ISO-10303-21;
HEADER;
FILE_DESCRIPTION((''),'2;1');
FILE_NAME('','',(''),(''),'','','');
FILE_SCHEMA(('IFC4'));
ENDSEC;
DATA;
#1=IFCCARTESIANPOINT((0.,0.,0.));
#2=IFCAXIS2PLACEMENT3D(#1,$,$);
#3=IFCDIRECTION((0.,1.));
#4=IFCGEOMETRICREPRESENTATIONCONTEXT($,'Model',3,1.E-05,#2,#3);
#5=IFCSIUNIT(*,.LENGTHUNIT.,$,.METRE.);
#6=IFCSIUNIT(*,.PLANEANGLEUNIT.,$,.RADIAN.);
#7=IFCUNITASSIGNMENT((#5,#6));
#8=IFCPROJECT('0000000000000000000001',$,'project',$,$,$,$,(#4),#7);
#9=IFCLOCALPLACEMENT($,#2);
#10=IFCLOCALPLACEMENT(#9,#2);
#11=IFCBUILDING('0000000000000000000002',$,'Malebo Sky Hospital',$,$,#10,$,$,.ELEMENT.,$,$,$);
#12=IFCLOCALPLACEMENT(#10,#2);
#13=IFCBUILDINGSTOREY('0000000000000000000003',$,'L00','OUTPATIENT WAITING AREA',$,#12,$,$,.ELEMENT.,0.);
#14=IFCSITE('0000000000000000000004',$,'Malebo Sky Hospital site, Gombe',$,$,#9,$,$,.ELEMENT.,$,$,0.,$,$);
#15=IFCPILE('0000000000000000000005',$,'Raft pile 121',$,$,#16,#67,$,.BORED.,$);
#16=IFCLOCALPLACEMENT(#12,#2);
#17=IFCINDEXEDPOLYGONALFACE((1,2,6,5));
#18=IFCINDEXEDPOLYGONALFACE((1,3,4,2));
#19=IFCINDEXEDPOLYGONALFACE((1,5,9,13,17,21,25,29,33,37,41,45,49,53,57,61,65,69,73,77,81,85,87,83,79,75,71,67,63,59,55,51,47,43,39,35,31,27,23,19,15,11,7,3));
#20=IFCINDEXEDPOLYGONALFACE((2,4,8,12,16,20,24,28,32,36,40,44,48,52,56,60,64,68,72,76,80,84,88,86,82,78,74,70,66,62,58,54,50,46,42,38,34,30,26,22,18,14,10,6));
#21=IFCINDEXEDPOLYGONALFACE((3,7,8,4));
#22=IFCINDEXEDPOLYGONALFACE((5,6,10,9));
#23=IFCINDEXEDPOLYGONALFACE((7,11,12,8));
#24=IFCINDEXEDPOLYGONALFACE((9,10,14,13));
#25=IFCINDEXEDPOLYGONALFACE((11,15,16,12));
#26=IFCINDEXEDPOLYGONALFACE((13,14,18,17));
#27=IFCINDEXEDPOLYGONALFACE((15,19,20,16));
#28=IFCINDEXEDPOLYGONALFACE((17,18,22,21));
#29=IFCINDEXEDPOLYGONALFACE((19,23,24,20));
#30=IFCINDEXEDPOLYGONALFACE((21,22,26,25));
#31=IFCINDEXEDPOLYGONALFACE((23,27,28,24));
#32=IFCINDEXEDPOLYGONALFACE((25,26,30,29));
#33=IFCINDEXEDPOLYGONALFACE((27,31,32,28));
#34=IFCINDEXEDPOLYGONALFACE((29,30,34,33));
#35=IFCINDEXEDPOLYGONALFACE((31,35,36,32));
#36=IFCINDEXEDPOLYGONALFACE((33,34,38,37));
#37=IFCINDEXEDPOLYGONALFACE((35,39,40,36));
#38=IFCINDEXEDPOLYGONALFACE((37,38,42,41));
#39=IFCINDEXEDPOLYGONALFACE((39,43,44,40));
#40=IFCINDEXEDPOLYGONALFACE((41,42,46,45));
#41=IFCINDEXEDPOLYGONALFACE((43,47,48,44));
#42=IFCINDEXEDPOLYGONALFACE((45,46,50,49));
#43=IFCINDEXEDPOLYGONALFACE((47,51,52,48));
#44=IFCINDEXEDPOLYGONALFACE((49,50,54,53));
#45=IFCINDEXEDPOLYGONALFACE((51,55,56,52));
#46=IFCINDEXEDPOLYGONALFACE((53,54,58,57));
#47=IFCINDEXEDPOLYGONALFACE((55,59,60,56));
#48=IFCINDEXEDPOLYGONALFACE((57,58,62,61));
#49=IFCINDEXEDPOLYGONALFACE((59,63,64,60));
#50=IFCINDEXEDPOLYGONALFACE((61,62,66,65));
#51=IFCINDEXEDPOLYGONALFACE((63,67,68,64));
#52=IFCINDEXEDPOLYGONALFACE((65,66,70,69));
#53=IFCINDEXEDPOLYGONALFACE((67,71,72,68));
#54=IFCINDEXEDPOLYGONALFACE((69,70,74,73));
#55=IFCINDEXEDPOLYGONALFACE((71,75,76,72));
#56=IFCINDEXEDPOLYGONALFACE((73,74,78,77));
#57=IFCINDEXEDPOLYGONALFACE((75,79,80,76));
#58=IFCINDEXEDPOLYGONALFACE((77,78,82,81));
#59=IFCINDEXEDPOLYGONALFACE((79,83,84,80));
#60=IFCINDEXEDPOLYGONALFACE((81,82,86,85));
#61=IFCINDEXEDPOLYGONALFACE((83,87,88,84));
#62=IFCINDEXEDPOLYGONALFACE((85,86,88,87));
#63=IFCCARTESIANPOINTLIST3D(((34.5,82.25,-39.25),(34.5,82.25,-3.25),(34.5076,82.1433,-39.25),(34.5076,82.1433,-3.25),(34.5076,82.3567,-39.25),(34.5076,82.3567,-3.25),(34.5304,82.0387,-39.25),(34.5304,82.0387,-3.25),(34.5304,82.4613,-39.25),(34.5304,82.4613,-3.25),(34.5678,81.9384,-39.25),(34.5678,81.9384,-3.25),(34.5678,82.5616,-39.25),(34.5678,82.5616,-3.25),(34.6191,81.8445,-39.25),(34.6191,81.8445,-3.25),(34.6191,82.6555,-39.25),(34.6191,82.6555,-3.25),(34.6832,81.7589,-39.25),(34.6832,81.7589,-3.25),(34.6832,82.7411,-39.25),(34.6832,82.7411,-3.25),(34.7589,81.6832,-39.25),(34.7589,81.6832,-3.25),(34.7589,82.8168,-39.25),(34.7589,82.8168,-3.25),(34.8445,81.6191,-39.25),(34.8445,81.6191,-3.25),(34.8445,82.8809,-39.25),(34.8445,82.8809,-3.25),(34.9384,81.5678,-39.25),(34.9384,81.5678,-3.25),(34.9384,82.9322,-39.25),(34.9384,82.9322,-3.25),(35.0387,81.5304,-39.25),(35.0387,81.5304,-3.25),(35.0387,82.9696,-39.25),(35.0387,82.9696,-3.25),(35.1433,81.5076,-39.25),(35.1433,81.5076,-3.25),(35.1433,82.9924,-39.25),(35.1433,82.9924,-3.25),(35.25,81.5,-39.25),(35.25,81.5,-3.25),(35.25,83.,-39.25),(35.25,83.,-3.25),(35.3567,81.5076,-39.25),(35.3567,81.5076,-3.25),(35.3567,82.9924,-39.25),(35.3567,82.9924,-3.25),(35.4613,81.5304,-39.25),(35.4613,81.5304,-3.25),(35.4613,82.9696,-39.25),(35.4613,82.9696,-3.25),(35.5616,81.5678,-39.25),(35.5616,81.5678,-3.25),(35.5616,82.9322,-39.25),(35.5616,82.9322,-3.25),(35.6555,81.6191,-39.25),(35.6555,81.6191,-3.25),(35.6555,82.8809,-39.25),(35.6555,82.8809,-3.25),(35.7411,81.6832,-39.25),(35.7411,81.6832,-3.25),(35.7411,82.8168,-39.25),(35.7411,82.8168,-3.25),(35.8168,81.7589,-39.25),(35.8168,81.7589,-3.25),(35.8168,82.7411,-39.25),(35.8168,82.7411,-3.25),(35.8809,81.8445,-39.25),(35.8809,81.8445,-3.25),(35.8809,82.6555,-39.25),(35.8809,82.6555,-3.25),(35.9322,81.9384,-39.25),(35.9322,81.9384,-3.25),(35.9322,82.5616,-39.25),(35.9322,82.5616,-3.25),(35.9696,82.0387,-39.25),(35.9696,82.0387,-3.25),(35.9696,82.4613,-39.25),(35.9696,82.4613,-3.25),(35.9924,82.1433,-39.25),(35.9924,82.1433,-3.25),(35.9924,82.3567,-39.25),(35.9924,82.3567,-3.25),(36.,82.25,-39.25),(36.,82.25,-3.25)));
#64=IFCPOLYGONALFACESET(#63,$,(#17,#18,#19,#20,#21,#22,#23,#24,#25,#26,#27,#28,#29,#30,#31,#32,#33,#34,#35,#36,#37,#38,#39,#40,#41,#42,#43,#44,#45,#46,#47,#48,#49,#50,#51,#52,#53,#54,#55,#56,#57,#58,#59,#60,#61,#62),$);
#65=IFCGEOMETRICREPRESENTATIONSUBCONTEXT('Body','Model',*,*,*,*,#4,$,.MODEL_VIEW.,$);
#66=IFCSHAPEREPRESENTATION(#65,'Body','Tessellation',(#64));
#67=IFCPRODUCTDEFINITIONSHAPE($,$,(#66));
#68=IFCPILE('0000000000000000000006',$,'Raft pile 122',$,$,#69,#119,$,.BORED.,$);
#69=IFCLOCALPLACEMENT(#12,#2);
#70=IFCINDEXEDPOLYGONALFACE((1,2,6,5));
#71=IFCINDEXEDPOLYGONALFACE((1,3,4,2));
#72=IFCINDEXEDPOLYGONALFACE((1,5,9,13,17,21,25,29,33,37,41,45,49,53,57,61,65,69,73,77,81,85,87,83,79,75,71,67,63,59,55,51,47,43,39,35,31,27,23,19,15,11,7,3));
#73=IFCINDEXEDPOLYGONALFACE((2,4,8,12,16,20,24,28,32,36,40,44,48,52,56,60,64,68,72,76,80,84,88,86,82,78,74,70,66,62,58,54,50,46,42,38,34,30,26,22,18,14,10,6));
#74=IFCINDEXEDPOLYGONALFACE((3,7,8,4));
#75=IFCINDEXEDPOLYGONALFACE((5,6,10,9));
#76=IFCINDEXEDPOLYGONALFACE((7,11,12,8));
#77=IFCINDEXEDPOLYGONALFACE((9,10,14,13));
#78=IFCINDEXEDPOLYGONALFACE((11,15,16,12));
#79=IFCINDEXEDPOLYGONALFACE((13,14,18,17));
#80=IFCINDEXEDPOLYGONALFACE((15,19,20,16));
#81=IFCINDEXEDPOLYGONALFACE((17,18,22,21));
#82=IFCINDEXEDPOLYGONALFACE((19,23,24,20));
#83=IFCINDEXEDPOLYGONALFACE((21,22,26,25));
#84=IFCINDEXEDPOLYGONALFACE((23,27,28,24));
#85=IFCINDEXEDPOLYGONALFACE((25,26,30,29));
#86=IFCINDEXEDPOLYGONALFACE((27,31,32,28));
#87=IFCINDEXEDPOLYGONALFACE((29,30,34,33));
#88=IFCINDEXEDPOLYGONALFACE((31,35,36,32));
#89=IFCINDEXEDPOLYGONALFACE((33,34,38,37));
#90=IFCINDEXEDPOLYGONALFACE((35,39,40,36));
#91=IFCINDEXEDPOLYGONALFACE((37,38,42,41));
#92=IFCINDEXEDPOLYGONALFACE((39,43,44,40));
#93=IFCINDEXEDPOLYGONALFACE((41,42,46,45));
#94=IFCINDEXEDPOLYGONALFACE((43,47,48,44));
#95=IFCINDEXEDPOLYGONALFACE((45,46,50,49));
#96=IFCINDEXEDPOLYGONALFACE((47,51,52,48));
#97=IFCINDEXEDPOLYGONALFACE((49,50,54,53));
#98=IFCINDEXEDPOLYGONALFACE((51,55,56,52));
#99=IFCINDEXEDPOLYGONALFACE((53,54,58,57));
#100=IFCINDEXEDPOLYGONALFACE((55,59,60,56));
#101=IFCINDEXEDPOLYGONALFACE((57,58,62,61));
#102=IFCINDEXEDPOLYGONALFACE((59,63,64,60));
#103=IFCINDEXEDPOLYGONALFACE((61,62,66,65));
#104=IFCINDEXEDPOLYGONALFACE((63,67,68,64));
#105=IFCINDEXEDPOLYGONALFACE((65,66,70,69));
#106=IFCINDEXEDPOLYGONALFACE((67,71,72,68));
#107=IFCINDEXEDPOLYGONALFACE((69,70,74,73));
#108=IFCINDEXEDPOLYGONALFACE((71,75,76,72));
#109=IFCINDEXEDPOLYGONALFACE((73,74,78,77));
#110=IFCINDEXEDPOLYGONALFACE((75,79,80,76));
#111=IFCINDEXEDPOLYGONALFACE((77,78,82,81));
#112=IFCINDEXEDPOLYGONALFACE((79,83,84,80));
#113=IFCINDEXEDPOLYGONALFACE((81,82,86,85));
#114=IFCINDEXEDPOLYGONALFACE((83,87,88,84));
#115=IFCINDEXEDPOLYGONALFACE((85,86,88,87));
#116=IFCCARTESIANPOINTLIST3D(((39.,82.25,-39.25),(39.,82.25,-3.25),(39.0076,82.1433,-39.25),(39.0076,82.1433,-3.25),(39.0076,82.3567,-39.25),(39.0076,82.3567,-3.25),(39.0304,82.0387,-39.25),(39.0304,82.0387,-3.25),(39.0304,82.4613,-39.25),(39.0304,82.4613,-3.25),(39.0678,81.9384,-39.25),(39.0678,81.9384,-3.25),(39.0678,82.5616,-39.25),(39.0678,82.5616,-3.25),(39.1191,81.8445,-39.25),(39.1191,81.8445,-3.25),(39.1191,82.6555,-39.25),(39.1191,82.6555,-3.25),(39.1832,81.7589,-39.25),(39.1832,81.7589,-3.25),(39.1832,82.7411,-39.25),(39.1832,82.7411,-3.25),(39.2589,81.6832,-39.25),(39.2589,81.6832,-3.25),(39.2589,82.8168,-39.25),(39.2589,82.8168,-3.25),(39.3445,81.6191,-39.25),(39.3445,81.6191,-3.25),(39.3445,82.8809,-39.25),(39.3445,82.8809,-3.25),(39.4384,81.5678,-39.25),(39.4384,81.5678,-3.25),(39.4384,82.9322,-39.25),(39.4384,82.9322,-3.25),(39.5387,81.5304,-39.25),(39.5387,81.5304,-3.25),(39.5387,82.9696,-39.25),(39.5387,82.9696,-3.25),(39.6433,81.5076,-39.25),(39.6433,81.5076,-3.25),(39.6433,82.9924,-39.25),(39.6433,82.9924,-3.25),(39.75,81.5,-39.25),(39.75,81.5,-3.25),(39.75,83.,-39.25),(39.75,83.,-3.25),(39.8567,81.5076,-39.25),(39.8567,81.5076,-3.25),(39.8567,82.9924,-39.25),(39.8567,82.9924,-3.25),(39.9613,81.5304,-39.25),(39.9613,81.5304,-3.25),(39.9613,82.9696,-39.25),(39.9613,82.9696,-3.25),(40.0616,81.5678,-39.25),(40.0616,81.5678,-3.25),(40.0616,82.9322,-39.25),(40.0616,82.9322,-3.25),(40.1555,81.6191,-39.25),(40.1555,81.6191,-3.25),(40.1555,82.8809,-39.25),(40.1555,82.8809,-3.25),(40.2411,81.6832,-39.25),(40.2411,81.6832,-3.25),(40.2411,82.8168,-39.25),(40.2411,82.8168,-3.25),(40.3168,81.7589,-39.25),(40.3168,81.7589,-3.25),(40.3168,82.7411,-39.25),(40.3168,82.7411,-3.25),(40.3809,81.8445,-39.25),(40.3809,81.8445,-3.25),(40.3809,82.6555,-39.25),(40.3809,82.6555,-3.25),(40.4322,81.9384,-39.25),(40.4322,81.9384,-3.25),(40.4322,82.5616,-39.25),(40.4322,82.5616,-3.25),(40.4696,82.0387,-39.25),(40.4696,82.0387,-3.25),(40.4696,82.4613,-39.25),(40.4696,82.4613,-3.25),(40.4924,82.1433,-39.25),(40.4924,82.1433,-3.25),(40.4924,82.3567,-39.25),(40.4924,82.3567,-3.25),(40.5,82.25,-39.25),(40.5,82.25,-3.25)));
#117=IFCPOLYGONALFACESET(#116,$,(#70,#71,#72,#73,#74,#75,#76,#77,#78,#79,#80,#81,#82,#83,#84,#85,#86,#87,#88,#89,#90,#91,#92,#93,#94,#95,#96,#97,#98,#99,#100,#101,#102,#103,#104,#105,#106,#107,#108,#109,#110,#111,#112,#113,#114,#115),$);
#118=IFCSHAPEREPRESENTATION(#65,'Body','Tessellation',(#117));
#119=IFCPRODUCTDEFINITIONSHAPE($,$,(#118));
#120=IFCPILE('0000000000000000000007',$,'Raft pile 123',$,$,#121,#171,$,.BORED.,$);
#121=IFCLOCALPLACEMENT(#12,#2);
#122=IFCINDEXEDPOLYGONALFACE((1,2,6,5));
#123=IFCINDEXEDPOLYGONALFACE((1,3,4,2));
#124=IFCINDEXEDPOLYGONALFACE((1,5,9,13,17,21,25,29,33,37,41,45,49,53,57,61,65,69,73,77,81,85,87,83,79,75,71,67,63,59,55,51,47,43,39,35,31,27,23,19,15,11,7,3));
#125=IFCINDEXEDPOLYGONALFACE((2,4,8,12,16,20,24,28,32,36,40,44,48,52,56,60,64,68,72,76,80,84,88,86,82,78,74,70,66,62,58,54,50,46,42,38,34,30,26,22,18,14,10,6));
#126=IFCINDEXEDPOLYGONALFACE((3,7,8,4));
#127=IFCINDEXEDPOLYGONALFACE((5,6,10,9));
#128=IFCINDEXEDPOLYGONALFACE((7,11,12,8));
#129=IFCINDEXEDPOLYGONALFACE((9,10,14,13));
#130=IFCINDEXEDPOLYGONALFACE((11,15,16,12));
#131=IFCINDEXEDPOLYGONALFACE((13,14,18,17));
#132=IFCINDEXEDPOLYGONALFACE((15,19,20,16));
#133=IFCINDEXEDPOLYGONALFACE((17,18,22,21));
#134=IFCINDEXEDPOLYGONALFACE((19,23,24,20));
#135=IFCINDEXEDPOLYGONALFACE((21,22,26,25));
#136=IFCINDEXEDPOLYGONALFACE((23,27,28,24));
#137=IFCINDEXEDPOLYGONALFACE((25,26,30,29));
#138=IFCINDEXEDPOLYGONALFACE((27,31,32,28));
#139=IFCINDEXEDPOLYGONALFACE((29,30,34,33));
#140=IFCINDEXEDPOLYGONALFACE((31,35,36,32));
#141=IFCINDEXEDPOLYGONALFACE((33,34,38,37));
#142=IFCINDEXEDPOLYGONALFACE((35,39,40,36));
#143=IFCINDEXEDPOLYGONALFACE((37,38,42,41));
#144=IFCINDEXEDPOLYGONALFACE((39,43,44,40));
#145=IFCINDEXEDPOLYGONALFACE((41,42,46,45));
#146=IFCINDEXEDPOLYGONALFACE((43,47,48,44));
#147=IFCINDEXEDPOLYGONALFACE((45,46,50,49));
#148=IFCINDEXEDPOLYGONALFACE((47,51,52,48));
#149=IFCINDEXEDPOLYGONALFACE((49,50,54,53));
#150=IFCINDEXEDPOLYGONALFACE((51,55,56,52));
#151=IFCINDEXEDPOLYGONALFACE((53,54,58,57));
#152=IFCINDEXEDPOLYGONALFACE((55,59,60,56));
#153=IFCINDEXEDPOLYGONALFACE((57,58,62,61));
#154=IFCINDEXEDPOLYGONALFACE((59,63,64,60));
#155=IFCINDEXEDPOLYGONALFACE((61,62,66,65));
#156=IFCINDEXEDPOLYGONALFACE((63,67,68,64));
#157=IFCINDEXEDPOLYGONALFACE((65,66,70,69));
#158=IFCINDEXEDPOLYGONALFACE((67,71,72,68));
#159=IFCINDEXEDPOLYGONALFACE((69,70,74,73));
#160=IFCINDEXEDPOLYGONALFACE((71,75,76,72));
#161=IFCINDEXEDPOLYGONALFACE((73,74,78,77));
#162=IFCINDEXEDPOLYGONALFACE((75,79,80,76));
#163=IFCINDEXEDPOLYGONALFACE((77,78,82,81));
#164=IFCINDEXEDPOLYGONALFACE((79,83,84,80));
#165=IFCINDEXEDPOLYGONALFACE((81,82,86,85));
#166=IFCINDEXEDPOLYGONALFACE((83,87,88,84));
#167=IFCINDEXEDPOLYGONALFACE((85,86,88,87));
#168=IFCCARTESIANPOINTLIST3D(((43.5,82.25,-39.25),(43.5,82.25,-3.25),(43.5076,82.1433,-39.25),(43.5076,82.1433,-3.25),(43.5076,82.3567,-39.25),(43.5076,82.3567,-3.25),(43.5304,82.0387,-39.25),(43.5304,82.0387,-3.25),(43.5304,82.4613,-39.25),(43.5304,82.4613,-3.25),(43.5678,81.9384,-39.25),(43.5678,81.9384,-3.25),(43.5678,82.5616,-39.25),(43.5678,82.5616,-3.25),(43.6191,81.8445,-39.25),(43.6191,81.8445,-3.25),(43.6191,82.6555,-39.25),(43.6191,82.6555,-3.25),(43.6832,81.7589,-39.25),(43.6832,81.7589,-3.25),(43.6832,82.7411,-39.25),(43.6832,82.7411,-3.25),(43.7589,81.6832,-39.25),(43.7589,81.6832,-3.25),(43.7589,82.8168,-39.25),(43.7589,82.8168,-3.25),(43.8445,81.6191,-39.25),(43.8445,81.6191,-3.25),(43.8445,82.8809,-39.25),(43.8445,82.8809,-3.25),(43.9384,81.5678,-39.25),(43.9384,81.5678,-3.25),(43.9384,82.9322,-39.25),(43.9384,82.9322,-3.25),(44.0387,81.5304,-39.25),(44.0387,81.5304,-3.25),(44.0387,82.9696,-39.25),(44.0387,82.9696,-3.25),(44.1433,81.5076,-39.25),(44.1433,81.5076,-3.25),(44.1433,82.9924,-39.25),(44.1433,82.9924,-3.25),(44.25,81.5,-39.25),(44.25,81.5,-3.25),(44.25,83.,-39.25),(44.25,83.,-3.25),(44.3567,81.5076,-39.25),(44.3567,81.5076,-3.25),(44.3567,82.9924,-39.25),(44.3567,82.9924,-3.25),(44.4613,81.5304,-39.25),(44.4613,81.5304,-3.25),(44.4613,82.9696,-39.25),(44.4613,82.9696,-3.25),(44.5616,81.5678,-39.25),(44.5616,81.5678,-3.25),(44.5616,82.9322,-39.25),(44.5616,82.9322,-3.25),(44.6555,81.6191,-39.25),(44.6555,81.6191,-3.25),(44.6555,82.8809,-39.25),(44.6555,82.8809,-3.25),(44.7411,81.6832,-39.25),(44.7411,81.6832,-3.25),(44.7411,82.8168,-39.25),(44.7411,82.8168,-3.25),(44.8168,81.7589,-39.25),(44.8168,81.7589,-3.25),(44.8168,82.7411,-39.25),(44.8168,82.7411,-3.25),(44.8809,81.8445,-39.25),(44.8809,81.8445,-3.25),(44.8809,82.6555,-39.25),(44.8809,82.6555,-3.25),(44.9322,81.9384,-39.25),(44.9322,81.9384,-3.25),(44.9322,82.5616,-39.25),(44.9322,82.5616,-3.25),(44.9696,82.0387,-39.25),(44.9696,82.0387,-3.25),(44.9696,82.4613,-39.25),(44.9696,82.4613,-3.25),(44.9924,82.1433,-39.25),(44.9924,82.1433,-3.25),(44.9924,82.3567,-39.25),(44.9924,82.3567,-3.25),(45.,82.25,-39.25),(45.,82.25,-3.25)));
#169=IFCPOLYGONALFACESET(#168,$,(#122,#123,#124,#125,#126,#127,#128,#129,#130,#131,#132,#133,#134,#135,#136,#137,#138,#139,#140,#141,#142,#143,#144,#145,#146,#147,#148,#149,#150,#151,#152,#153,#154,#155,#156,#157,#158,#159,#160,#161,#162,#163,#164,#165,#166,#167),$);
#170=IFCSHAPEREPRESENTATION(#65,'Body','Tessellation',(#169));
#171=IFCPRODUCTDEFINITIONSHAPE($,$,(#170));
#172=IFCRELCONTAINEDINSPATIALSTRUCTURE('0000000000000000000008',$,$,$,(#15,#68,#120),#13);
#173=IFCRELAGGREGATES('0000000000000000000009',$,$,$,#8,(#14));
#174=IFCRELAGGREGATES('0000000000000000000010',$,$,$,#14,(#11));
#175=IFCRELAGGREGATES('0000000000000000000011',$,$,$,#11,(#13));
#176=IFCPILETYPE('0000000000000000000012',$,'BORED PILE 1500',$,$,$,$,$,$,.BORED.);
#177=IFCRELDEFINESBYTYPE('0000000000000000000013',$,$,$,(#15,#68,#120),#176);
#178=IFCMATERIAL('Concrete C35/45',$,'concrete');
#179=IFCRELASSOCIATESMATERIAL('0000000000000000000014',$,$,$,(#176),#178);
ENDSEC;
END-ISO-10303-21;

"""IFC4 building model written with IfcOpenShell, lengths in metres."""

from ifc_helpers import new_model, si_unit, direction, frame, origin, origin_2d, place, context, subcontext, project, spatial, circle, extrude, material, material_profile, profile_set, type_object, element, save


model = new_model("IFC4")

# Units and contexts
model_context = context("Model", 3, precision=1e-05, world=origin(), true_north=direction((0.0, 1.0)))
body_context = subcontext(model_context, "Body", "Model", "MODEL_VIEW")
ifc_project = project(units=[si_unit("LENGTHUNIT", "METRE"), si_unit("PLANEANGLEUNIT", "RADIAN")], contexts=[model_context])

# Site, building, storey
site_placement = place(None, origin())
site = spatial("IfcSite", under=ifc_project, at=site_placement, Name="Malebo Sky Hospital site, Gombe", CompositionType="ELEMENT", RefElevation=0.0)
building_placement = place(site_placement, origin())
building = spatial("IfcBuilding", under=site, at=building_placement, Name="Malebo Sky Hospital", CompositionType="ELEMENT")
storey_placement = place(building_placement, origin())
storey = spatial("IfcBuildingStorey", under=building, at=storey_placement, Name="L00", Description="OUTPATIENT WAITING AREA", CompositionType="ELEMENT", Elevation=0.0)

# Piles
ifc_material_1 = material(Name="Concrete C35/45", Category="concrete")
ifc_material_profile_1 = material_profile(ifc_material_1, circle(Radius=0.75, at=origin_2d()), Name="BP 1500")
ifc_profile_set_1 = profile_set([ifc_material_profile_1], Name="Concrete C35/45")
pile_type = type_object("IfcPileType", Name="BORED PILE 1500", PredefinedType="BORED", material=ifc_profile_set_1)
for number, where, z_axis, x_axis, name in (
    (1, (35.25, 82.25, -3.25), (0.0, 0.0, -1.0), (1.0, 0.0, 0.0), "Raft pile 121"),
    (2, (39.75, 82.25, -3.25), (0.0, 0.0, -1.0), (1.0, 0.0, 0.0), "Raft pile 122"),
    (3, (44.25, 82.25, -3.25), (0.0, 0.0, -1.0), (1.0, 0.0, 0.0), "Raft pile 123"),
):
    element("IfcPile", number, at=place(storey_placement, frame(where, z_axis=z_axis, x_axis=x_axis)), inside=storey, type_object=pile_type, Name=name, PredefinedType="BORED", context=body_context, shape_type="SweptSolid", body=[
        extrude(circle(Radius=0.75, at=origin_2d()), origin(), (0.0, 0.0, 1.0), 36.0),
    ])

save(model, "model.ifc")
